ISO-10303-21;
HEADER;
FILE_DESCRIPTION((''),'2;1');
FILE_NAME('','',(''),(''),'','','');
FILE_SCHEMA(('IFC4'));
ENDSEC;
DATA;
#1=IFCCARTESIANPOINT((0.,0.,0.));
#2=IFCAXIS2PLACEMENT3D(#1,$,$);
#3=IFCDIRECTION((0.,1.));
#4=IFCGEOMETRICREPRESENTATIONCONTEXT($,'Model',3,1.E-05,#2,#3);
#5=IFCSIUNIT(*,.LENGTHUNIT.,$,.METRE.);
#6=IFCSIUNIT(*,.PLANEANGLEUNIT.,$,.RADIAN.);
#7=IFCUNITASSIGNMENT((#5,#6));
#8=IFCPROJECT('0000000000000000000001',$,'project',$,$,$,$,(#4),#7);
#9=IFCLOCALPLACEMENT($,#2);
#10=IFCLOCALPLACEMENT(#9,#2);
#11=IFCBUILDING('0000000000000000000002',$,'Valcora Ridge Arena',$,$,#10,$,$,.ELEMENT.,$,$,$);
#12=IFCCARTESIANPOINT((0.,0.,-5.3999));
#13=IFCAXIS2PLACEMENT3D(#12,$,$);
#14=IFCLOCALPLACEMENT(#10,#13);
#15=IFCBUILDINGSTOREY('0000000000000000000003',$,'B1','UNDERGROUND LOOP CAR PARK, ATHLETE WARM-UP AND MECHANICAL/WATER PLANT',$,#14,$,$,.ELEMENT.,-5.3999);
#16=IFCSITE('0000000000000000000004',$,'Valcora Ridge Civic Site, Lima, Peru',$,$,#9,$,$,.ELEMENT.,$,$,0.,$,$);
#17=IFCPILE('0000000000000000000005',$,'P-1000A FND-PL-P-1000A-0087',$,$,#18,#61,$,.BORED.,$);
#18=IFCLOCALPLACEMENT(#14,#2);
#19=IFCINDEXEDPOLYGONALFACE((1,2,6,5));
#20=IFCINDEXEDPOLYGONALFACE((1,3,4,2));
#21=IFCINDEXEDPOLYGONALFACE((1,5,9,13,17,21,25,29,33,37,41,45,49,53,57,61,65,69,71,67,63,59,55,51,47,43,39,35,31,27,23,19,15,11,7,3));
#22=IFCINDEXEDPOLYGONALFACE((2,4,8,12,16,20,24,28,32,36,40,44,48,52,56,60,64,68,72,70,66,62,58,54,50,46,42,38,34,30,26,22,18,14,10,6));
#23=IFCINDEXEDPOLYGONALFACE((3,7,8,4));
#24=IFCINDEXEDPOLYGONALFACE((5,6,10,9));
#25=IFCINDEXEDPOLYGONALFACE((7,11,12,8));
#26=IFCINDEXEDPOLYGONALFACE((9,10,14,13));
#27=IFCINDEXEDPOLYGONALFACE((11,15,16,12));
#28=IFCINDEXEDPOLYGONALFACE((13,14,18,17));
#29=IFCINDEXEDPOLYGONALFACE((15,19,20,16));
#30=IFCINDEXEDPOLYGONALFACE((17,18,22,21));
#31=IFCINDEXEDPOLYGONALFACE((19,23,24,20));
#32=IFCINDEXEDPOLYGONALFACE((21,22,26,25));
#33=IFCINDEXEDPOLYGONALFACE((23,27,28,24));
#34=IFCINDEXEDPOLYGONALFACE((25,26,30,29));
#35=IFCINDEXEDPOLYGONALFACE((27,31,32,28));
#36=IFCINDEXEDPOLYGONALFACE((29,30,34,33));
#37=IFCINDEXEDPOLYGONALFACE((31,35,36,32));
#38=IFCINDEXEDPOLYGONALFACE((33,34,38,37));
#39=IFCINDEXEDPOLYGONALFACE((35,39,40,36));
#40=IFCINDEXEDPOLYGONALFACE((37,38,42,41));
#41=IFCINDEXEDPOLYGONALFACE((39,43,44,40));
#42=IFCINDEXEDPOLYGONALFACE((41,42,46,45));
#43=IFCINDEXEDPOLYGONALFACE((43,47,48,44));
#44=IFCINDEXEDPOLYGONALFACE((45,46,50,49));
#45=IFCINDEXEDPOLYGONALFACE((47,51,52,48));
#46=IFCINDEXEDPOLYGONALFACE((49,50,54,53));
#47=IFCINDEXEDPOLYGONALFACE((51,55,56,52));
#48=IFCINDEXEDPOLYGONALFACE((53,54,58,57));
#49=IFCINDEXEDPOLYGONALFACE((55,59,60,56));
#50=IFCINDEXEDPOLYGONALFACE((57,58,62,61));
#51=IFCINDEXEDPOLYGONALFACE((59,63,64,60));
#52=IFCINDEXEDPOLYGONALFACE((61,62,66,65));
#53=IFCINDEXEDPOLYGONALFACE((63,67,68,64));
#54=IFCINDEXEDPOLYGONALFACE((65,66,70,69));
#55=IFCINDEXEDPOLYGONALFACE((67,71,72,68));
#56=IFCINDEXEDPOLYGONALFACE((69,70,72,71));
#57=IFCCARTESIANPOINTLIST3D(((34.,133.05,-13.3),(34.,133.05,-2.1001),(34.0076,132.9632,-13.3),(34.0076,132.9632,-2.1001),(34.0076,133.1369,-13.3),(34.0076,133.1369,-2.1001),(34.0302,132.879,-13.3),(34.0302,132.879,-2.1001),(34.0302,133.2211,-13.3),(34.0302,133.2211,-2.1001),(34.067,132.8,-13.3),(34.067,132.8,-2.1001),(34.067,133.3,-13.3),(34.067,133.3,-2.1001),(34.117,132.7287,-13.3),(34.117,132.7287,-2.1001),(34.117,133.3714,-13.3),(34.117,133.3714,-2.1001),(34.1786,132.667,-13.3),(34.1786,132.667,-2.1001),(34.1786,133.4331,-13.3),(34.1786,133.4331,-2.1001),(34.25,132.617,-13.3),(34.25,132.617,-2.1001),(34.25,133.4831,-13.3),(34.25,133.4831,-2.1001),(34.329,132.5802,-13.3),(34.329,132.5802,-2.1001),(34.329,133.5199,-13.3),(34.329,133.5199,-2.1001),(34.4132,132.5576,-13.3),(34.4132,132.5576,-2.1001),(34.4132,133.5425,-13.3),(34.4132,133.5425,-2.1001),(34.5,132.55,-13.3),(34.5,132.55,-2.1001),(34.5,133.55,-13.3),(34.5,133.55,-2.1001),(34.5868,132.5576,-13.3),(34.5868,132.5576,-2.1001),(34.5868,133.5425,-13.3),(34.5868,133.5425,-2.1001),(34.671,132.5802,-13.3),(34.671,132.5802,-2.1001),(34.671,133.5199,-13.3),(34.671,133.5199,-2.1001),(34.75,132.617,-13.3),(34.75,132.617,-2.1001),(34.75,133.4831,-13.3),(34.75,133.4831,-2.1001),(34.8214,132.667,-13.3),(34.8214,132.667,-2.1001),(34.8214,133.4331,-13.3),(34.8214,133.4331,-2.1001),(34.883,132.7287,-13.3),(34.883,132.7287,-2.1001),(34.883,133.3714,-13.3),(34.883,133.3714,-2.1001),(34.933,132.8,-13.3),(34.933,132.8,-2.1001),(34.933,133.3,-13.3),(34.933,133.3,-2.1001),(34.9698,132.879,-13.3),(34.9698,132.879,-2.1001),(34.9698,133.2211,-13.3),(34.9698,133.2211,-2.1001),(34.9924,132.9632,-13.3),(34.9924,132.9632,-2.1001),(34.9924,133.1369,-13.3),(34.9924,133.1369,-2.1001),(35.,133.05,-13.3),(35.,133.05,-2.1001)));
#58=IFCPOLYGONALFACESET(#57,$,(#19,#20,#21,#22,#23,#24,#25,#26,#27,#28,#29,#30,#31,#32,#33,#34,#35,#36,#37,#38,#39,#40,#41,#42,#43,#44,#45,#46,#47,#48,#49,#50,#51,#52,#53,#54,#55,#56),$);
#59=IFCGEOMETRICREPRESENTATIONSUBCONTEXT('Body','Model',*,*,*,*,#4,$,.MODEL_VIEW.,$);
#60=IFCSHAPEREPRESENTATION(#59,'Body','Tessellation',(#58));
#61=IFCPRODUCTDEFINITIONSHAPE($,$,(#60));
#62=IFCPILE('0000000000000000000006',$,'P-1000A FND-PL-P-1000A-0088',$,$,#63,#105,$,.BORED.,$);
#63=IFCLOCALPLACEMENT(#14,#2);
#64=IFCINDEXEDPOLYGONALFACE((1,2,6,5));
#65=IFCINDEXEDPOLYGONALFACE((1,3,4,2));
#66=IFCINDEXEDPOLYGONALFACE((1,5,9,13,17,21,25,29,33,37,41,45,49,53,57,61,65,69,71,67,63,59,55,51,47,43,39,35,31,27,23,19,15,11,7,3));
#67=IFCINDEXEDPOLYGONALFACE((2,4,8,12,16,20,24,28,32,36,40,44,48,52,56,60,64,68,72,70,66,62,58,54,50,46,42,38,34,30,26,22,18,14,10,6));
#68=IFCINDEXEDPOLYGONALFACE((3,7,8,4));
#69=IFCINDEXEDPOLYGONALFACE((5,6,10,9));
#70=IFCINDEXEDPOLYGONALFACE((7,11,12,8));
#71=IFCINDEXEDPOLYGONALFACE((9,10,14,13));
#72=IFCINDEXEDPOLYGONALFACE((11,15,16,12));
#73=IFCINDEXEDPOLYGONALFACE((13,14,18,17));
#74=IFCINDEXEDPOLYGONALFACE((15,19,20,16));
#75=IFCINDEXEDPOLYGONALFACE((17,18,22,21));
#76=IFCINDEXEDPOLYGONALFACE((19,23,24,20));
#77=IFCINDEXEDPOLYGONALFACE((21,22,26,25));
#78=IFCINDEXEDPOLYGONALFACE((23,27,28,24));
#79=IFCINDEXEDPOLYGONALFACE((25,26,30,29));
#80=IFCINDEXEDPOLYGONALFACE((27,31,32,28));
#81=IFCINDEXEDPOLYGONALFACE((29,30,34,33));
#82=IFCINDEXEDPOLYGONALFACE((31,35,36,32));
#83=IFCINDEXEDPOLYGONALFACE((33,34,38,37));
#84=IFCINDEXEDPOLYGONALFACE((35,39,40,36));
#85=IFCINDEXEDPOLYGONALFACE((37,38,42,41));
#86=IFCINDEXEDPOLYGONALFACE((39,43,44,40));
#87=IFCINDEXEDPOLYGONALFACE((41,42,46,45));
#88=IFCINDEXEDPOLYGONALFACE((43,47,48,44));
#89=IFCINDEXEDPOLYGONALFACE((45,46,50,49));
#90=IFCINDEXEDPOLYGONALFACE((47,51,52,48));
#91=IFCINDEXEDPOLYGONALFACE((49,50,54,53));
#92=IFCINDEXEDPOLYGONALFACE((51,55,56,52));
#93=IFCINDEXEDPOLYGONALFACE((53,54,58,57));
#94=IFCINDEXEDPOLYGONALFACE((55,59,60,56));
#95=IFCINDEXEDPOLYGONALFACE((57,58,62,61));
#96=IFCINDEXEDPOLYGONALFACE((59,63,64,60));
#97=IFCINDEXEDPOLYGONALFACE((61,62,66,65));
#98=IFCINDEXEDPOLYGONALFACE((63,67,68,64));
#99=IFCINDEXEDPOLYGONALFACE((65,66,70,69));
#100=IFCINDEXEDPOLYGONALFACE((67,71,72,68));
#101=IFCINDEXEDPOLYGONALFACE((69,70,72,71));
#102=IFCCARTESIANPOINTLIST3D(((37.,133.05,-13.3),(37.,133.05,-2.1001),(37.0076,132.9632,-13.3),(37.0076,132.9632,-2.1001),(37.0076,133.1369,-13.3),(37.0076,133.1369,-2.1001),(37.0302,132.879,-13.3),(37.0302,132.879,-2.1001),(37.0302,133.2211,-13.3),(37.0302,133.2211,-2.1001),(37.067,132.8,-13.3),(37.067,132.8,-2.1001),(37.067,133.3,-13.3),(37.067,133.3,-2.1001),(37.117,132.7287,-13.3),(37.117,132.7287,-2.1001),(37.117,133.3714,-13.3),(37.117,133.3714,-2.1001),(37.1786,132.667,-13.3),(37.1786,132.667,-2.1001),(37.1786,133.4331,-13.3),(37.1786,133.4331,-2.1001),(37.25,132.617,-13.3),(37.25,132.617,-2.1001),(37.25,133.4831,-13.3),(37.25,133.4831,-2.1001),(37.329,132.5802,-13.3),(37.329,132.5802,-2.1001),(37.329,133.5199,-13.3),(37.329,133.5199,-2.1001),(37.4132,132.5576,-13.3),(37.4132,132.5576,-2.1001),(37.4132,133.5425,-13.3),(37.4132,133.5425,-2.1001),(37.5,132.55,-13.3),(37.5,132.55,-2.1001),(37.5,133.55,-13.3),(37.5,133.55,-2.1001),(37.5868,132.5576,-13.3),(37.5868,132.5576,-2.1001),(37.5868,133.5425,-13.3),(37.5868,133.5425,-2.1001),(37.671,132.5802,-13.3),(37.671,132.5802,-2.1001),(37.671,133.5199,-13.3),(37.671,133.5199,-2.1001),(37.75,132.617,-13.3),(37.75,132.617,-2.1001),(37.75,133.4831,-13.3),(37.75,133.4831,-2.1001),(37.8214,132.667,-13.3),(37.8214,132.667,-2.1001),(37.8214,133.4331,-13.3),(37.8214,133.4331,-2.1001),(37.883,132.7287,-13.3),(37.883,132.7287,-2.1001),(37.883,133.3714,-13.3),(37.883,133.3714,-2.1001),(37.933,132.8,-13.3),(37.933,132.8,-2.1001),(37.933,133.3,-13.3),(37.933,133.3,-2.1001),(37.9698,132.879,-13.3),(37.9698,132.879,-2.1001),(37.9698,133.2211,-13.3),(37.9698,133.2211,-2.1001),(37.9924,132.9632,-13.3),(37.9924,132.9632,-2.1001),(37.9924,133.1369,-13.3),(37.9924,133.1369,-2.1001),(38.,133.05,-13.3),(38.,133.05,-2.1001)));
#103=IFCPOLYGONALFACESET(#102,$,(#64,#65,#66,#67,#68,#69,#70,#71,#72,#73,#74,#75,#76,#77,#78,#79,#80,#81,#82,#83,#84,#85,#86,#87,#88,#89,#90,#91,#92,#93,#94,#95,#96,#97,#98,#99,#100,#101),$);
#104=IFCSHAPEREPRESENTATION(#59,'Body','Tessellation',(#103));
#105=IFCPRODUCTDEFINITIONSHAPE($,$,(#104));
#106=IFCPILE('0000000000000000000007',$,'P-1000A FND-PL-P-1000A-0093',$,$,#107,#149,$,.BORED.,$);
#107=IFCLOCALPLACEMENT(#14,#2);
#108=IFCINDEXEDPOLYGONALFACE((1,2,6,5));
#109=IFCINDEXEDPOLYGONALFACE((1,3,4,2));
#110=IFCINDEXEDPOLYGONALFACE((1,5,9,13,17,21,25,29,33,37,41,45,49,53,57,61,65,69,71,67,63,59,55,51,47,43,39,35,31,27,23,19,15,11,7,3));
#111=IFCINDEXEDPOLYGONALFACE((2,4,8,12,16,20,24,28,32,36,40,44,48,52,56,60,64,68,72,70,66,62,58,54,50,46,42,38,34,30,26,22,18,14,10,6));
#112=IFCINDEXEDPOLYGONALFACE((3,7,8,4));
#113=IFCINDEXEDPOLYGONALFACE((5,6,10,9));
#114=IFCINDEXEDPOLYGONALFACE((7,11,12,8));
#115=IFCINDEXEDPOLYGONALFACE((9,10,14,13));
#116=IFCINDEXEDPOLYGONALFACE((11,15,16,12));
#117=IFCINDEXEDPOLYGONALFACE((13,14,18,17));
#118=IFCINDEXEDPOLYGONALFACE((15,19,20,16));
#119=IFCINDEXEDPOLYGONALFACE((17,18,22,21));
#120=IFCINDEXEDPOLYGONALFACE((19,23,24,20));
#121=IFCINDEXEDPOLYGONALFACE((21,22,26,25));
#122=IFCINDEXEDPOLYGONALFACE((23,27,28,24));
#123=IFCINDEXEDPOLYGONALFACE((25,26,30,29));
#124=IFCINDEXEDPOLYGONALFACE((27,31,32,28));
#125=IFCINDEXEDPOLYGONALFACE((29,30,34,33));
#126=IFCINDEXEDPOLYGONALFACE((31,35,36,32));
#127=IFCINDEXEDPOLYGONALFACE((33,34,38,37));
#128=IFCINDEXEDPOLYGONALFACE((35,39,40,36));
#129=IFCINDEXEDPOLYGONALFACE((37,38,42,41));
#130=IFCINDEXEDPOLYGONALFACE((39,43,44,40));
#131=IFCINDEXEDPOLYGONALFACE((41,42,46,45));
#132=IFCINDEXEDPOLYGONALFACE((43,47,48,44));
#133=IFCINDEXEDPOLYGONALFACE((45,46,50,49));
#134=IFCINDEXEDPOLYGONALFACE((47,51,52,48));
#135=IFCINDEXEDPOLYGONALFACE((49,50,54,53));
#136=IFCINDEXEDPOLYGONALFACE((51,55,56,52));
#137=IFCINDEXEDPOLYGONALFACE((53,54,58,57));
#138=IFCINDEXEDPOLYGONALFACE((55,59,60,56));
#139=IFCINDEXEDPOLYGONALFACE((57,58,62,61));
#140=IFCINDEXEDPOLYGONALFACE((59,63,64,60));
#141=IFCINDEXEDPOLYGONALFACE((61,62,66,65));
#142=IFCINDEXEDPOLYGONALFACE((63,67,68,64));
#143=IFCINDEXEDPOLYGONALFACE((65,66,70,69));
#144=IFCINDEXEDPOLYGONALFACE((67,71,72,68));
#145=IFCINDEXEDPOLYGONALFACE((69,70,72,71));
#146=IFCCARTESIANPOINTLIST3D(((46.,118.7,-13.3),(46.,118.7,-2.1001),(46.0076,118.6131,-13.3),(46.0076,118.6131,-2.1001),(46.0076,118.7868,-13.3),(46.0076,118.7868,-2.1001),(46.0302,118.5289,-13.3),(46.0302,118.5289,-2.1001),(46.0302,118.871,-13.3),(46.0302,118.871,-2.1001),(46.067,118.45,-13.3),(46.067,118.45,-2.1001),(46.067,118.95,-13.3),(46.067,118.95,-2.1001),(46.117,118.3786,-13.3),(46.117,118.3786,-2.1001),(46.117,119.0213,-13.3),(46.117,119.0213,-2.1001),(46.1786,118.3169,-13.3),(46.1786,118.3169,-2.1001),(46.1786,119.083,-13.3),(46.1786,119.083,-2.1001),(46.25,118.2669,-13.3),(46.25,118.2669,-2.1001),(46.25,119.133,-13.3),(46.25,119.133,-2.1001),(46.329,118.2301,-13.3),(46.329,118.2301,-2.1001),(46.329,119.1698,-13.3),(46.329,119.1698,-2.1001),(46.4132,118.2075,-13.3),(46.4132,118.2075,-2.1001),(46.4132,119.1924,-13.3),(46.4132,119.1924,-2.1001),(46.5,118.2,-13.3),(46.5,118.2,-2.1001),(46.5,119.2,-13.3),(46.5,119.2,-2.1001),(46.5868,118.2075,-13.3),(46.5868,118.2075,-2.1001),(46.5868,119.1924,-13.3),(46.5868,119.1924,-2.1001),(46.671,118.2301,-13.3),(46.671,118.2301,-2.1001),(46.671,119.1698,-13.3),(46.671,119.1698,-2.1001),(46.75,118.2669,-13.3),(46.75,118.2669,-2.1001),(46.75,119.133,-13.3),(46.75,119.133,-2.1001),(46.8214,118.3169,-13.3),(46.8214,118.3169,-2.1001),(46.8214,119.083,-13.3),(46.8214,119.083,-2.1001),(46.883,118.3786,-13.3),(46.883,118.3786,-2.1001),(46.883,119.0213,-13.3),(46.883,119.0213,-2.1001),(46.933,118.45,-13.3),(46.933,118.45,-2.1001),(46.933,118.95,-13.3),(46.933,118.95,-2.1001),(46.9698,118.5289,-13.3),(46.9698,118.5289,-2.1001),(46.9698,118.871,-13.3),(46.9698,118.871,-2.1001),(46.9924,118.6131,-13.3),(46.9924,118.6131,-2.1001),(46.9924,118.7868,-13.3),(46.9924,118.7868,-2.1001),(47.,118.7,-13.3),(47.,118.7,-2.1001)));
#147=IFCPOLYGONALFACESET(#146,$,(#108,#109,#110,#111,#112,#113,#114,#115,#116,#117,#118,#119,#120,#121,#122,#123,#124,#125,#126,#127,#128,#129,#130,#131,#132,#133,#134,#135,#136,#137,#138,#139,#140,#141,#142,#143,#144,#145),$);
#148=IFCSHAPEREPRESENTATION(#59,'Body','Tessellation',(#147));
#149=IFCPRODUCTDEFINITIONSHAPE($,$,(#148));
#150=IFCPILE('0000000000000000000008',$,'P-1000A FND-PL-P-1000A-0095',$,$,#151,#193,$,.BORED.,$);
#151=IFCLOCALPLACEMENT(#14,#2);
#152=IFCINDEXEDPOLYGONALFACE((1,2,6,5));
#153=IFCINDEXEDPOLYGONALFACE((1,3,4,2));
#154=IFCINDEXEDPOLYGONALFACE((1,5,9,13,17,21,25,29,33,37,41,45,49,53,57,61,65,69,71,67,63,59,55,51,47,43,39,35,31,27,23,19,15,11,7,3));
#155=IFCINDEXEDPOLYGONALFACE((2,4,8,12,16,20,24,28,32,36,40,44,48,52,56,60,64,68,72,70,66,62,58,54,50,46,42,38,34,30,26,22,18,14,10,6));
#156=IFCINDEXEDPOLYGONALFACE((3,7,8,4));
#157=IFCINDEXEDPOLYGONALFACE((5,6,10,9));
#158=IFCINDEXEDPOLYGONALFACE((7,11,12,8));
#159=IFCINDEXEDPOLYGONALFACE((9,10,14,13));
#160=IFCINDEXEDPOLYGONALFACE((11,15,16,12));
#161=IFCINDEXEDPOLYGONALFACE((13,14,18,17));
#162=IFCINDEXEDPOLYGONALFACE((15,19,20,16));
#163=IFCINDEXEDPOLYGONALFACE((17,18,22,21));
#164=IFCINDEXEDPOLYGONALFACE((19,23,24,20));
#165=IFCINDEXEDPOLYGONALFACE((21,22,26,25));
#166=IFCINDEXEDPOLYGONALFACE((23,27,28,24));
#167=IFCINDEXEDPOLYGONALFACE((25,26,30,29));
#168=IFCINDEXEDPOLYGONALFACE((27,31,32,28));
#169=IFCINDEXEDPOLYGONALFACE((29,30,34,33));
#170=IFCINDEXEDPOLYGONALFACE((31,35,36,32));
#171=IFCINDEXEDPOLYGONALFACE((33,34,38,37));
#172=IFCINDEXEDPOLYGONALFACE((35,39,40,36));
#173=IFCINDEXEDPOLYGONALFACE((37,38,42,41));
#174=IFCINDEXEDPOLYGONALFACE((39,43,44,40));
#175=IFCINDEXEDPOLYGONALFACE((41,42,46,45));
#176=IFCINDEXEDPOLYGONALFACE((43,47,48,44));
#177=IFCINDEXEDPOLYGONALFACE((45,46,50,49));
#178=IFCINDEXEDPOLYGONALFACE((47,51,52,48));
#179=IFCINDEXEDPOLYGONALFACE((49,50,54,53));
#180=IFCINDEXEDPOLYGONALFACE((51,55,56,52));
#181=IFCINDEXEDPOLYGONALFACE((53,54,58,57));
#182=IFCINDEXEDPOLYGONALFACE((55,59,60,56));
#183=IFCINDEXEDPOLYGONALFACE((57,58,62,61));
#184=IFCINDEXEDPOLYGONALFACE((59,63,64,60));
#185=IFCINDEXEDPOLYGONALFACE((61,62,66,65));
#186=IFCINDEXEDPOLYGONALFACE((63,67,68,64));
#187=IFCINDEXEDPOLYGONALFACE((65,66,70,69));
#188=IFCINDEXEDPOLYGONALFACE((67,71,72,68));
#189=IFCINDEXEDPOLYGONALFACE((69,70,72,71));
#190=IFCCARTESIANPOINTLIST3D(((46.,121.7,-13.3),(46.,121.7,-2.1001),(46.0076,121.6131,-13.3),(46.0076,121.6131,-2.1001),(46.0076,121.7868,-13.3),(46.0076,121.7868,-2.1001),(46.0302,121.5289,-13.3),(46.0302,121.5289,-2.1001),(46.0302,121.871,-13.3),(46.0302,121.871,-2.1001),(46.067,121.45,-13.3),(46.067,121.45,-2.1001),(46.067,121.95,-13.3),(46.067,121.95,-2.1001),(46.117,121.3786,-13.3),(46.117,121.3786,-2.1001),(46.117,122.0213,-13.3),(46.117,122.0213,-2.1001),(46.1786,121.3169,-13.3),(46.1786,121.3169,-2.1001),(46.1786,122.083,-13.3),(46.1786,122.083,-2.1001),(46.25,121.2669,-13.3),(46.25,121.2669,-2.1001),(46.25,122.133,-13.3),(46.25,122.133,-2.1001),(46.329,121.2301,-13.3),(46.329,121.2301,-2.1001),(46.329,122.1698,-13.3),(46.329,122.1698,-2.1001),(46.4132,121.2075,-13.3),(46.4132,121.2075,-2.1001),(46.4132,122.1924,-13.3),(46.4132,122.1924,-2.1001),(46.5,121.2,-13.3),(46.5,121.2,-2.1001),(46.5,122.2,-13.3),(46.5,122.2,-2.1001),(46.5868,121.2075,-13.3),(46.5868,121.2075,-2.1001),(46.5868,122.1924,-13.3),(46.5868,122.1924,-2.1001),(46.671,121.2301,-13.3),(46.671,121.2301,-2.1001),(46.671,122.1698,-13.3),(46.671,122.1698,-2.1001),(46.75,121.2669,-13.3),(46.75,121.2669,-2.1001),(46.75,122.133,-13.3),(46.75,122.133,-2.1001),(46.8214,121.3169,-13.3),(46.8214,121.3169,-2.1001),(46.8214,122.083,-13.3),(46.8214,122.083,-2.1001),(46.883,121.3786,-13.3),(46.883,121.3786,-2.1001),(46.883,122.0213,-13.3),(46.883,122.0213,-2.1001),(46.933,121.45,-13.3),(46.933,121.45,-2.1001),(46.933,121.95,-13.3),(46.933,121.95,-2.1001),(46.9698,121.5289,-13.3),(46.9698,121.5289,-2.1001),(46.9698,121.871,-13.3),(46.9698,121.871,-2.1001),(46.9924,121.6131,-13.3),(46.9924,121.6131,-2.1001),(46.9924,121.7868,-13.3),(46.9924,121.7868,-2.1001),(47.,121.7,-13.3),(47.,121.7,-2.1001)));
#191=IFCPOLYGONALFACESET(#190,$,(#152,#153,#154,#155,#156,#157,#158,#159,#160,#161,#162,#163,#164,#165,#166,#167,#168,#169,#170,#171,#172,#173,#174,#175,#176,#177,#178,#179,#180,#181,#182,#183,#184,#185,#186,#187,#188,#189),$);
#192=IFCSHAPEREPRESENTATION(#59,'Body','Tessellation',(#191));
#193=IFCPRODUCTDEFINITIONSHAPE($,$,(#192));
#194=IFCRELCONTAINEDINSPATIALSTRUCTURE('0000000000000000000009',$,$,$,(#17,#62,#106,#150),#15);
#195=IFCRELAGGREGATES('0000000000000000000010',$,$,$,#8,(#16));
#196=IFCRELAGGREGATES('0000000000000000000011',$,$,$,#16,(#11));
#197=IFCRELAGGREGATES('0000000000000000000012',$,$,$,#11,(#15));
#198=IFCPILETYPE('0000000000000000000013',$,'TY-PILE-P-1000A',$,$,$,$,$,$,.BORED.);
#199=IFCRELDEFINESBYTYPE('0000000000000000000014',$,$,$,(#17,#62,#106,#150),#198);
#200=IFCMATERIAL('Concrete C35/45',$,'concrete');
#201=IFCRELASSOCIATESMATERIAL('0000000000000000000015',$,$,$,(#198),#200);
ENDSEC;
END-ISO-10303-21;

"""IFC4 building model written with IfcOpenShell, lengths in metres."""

from ifc_helpers import new_model, si_unit, direction, frame, origin, origin_2d, place, context, subcontext, project, spatial, circle, extrude, material, material_profile, profile_set, type_object, element, save


model = new_model("IFC4")

# Units and contexts
model_context = context("Model", 3, precision=1e-05, world=origin(), true_north=direction((0.0, 1.0)))
body_context = subcontext(model_context, "Body", "Model", "MODEL_VIEW")
ifc_project = project(units=[si_unit("LENGTHUNIT", "METRE"), si_unit("PLANEANGLEUNIT", "RADIAN")], contexts=[model_context])

# Site, building, storey
site_placement = place(None, origin())
site = spatial("IfcSite", under=ifc_project, at=site_placement, Name="Valcora Ridge Civic Site, Lima, Peru", CompositionType="ELEMENT", RefElevation=0.0)
building_placement = place(site_placement, origin())
building = spatial("IfcBuilding", under=site, at=building_placement, Name="Valcora Ridge Arena", CompositionType="ELEMENT")
storey_placement = place(building_placement, frame((0.0, 0.0, -5.3999)))
storey = spatial("IfcBuildingStorey", under=building, at=storey_placement, Name="B1", Description="UNDERGROUND LOOP CAR PARK, ATHLETE WARM-UP AND MECHANICAL/WATER PLANT", CompositionType="ELEMENT", Elevation=-5.3999)

# Piles
ifc_material_1 = material(Name="Concrete C35/45", Category="concrete")
ifc_material_profile_1 = material_profile(ifc_material_1, circle(Radius=0.5, at=origin_2d()), Name="BORED PILE D1000")
ifc_profile_set_1 = profile_set([ifc_material_profile_1], Name="Concrete C35/45")
pile_type_1 = type_object("IfcPileType", Name="TY-PILE-P-1000A", PredefinedType="BORED", material=ifc_profile_set_1)
for number, where, z_axis, x_axis, name in (
    (1, (34.5, 133.05, -2.1001), (0.0, 0.0, -1.0), (1.0, 0.0, 0.0), "P-1000A FND-PL-P-1000A-0087"),
    (2, (37.5, 133.05, -2.1001), (0.0, 0.0, -1.0), (1.0, 0.0, 0.0), "P-1000A FND-PL-P-1000A-0088"),
    (3, (46.5, 118.7, -2.1001), (0.0, 0.0, -1.0), (1.0, 0.0, 0.0), "P-1000A FND-PL-P-1000A-0093"),
    (4, (46.5, 121.7, -2.1001), (0.0, 0.0, -1.0), (1.0, 0.0, 0.0), "P-1000A FND-PL-P-1000A-0095"),
):
    element("IfcPile", number, at=place(storey_placement, frame(where, z_axis=z_axis, x_axis=x_axis)), inside=storey, type_object=pile_type_1, Name=name, PredefinedType="BORED", context=body_context, shape_type="SweptSolid", body=[
        extrude(circle(Radius=0.5, at=origin_2d()), origin(), (0.0, 0.0, 1.0), 11.2),
    ])

save(model, "model.ifc")
